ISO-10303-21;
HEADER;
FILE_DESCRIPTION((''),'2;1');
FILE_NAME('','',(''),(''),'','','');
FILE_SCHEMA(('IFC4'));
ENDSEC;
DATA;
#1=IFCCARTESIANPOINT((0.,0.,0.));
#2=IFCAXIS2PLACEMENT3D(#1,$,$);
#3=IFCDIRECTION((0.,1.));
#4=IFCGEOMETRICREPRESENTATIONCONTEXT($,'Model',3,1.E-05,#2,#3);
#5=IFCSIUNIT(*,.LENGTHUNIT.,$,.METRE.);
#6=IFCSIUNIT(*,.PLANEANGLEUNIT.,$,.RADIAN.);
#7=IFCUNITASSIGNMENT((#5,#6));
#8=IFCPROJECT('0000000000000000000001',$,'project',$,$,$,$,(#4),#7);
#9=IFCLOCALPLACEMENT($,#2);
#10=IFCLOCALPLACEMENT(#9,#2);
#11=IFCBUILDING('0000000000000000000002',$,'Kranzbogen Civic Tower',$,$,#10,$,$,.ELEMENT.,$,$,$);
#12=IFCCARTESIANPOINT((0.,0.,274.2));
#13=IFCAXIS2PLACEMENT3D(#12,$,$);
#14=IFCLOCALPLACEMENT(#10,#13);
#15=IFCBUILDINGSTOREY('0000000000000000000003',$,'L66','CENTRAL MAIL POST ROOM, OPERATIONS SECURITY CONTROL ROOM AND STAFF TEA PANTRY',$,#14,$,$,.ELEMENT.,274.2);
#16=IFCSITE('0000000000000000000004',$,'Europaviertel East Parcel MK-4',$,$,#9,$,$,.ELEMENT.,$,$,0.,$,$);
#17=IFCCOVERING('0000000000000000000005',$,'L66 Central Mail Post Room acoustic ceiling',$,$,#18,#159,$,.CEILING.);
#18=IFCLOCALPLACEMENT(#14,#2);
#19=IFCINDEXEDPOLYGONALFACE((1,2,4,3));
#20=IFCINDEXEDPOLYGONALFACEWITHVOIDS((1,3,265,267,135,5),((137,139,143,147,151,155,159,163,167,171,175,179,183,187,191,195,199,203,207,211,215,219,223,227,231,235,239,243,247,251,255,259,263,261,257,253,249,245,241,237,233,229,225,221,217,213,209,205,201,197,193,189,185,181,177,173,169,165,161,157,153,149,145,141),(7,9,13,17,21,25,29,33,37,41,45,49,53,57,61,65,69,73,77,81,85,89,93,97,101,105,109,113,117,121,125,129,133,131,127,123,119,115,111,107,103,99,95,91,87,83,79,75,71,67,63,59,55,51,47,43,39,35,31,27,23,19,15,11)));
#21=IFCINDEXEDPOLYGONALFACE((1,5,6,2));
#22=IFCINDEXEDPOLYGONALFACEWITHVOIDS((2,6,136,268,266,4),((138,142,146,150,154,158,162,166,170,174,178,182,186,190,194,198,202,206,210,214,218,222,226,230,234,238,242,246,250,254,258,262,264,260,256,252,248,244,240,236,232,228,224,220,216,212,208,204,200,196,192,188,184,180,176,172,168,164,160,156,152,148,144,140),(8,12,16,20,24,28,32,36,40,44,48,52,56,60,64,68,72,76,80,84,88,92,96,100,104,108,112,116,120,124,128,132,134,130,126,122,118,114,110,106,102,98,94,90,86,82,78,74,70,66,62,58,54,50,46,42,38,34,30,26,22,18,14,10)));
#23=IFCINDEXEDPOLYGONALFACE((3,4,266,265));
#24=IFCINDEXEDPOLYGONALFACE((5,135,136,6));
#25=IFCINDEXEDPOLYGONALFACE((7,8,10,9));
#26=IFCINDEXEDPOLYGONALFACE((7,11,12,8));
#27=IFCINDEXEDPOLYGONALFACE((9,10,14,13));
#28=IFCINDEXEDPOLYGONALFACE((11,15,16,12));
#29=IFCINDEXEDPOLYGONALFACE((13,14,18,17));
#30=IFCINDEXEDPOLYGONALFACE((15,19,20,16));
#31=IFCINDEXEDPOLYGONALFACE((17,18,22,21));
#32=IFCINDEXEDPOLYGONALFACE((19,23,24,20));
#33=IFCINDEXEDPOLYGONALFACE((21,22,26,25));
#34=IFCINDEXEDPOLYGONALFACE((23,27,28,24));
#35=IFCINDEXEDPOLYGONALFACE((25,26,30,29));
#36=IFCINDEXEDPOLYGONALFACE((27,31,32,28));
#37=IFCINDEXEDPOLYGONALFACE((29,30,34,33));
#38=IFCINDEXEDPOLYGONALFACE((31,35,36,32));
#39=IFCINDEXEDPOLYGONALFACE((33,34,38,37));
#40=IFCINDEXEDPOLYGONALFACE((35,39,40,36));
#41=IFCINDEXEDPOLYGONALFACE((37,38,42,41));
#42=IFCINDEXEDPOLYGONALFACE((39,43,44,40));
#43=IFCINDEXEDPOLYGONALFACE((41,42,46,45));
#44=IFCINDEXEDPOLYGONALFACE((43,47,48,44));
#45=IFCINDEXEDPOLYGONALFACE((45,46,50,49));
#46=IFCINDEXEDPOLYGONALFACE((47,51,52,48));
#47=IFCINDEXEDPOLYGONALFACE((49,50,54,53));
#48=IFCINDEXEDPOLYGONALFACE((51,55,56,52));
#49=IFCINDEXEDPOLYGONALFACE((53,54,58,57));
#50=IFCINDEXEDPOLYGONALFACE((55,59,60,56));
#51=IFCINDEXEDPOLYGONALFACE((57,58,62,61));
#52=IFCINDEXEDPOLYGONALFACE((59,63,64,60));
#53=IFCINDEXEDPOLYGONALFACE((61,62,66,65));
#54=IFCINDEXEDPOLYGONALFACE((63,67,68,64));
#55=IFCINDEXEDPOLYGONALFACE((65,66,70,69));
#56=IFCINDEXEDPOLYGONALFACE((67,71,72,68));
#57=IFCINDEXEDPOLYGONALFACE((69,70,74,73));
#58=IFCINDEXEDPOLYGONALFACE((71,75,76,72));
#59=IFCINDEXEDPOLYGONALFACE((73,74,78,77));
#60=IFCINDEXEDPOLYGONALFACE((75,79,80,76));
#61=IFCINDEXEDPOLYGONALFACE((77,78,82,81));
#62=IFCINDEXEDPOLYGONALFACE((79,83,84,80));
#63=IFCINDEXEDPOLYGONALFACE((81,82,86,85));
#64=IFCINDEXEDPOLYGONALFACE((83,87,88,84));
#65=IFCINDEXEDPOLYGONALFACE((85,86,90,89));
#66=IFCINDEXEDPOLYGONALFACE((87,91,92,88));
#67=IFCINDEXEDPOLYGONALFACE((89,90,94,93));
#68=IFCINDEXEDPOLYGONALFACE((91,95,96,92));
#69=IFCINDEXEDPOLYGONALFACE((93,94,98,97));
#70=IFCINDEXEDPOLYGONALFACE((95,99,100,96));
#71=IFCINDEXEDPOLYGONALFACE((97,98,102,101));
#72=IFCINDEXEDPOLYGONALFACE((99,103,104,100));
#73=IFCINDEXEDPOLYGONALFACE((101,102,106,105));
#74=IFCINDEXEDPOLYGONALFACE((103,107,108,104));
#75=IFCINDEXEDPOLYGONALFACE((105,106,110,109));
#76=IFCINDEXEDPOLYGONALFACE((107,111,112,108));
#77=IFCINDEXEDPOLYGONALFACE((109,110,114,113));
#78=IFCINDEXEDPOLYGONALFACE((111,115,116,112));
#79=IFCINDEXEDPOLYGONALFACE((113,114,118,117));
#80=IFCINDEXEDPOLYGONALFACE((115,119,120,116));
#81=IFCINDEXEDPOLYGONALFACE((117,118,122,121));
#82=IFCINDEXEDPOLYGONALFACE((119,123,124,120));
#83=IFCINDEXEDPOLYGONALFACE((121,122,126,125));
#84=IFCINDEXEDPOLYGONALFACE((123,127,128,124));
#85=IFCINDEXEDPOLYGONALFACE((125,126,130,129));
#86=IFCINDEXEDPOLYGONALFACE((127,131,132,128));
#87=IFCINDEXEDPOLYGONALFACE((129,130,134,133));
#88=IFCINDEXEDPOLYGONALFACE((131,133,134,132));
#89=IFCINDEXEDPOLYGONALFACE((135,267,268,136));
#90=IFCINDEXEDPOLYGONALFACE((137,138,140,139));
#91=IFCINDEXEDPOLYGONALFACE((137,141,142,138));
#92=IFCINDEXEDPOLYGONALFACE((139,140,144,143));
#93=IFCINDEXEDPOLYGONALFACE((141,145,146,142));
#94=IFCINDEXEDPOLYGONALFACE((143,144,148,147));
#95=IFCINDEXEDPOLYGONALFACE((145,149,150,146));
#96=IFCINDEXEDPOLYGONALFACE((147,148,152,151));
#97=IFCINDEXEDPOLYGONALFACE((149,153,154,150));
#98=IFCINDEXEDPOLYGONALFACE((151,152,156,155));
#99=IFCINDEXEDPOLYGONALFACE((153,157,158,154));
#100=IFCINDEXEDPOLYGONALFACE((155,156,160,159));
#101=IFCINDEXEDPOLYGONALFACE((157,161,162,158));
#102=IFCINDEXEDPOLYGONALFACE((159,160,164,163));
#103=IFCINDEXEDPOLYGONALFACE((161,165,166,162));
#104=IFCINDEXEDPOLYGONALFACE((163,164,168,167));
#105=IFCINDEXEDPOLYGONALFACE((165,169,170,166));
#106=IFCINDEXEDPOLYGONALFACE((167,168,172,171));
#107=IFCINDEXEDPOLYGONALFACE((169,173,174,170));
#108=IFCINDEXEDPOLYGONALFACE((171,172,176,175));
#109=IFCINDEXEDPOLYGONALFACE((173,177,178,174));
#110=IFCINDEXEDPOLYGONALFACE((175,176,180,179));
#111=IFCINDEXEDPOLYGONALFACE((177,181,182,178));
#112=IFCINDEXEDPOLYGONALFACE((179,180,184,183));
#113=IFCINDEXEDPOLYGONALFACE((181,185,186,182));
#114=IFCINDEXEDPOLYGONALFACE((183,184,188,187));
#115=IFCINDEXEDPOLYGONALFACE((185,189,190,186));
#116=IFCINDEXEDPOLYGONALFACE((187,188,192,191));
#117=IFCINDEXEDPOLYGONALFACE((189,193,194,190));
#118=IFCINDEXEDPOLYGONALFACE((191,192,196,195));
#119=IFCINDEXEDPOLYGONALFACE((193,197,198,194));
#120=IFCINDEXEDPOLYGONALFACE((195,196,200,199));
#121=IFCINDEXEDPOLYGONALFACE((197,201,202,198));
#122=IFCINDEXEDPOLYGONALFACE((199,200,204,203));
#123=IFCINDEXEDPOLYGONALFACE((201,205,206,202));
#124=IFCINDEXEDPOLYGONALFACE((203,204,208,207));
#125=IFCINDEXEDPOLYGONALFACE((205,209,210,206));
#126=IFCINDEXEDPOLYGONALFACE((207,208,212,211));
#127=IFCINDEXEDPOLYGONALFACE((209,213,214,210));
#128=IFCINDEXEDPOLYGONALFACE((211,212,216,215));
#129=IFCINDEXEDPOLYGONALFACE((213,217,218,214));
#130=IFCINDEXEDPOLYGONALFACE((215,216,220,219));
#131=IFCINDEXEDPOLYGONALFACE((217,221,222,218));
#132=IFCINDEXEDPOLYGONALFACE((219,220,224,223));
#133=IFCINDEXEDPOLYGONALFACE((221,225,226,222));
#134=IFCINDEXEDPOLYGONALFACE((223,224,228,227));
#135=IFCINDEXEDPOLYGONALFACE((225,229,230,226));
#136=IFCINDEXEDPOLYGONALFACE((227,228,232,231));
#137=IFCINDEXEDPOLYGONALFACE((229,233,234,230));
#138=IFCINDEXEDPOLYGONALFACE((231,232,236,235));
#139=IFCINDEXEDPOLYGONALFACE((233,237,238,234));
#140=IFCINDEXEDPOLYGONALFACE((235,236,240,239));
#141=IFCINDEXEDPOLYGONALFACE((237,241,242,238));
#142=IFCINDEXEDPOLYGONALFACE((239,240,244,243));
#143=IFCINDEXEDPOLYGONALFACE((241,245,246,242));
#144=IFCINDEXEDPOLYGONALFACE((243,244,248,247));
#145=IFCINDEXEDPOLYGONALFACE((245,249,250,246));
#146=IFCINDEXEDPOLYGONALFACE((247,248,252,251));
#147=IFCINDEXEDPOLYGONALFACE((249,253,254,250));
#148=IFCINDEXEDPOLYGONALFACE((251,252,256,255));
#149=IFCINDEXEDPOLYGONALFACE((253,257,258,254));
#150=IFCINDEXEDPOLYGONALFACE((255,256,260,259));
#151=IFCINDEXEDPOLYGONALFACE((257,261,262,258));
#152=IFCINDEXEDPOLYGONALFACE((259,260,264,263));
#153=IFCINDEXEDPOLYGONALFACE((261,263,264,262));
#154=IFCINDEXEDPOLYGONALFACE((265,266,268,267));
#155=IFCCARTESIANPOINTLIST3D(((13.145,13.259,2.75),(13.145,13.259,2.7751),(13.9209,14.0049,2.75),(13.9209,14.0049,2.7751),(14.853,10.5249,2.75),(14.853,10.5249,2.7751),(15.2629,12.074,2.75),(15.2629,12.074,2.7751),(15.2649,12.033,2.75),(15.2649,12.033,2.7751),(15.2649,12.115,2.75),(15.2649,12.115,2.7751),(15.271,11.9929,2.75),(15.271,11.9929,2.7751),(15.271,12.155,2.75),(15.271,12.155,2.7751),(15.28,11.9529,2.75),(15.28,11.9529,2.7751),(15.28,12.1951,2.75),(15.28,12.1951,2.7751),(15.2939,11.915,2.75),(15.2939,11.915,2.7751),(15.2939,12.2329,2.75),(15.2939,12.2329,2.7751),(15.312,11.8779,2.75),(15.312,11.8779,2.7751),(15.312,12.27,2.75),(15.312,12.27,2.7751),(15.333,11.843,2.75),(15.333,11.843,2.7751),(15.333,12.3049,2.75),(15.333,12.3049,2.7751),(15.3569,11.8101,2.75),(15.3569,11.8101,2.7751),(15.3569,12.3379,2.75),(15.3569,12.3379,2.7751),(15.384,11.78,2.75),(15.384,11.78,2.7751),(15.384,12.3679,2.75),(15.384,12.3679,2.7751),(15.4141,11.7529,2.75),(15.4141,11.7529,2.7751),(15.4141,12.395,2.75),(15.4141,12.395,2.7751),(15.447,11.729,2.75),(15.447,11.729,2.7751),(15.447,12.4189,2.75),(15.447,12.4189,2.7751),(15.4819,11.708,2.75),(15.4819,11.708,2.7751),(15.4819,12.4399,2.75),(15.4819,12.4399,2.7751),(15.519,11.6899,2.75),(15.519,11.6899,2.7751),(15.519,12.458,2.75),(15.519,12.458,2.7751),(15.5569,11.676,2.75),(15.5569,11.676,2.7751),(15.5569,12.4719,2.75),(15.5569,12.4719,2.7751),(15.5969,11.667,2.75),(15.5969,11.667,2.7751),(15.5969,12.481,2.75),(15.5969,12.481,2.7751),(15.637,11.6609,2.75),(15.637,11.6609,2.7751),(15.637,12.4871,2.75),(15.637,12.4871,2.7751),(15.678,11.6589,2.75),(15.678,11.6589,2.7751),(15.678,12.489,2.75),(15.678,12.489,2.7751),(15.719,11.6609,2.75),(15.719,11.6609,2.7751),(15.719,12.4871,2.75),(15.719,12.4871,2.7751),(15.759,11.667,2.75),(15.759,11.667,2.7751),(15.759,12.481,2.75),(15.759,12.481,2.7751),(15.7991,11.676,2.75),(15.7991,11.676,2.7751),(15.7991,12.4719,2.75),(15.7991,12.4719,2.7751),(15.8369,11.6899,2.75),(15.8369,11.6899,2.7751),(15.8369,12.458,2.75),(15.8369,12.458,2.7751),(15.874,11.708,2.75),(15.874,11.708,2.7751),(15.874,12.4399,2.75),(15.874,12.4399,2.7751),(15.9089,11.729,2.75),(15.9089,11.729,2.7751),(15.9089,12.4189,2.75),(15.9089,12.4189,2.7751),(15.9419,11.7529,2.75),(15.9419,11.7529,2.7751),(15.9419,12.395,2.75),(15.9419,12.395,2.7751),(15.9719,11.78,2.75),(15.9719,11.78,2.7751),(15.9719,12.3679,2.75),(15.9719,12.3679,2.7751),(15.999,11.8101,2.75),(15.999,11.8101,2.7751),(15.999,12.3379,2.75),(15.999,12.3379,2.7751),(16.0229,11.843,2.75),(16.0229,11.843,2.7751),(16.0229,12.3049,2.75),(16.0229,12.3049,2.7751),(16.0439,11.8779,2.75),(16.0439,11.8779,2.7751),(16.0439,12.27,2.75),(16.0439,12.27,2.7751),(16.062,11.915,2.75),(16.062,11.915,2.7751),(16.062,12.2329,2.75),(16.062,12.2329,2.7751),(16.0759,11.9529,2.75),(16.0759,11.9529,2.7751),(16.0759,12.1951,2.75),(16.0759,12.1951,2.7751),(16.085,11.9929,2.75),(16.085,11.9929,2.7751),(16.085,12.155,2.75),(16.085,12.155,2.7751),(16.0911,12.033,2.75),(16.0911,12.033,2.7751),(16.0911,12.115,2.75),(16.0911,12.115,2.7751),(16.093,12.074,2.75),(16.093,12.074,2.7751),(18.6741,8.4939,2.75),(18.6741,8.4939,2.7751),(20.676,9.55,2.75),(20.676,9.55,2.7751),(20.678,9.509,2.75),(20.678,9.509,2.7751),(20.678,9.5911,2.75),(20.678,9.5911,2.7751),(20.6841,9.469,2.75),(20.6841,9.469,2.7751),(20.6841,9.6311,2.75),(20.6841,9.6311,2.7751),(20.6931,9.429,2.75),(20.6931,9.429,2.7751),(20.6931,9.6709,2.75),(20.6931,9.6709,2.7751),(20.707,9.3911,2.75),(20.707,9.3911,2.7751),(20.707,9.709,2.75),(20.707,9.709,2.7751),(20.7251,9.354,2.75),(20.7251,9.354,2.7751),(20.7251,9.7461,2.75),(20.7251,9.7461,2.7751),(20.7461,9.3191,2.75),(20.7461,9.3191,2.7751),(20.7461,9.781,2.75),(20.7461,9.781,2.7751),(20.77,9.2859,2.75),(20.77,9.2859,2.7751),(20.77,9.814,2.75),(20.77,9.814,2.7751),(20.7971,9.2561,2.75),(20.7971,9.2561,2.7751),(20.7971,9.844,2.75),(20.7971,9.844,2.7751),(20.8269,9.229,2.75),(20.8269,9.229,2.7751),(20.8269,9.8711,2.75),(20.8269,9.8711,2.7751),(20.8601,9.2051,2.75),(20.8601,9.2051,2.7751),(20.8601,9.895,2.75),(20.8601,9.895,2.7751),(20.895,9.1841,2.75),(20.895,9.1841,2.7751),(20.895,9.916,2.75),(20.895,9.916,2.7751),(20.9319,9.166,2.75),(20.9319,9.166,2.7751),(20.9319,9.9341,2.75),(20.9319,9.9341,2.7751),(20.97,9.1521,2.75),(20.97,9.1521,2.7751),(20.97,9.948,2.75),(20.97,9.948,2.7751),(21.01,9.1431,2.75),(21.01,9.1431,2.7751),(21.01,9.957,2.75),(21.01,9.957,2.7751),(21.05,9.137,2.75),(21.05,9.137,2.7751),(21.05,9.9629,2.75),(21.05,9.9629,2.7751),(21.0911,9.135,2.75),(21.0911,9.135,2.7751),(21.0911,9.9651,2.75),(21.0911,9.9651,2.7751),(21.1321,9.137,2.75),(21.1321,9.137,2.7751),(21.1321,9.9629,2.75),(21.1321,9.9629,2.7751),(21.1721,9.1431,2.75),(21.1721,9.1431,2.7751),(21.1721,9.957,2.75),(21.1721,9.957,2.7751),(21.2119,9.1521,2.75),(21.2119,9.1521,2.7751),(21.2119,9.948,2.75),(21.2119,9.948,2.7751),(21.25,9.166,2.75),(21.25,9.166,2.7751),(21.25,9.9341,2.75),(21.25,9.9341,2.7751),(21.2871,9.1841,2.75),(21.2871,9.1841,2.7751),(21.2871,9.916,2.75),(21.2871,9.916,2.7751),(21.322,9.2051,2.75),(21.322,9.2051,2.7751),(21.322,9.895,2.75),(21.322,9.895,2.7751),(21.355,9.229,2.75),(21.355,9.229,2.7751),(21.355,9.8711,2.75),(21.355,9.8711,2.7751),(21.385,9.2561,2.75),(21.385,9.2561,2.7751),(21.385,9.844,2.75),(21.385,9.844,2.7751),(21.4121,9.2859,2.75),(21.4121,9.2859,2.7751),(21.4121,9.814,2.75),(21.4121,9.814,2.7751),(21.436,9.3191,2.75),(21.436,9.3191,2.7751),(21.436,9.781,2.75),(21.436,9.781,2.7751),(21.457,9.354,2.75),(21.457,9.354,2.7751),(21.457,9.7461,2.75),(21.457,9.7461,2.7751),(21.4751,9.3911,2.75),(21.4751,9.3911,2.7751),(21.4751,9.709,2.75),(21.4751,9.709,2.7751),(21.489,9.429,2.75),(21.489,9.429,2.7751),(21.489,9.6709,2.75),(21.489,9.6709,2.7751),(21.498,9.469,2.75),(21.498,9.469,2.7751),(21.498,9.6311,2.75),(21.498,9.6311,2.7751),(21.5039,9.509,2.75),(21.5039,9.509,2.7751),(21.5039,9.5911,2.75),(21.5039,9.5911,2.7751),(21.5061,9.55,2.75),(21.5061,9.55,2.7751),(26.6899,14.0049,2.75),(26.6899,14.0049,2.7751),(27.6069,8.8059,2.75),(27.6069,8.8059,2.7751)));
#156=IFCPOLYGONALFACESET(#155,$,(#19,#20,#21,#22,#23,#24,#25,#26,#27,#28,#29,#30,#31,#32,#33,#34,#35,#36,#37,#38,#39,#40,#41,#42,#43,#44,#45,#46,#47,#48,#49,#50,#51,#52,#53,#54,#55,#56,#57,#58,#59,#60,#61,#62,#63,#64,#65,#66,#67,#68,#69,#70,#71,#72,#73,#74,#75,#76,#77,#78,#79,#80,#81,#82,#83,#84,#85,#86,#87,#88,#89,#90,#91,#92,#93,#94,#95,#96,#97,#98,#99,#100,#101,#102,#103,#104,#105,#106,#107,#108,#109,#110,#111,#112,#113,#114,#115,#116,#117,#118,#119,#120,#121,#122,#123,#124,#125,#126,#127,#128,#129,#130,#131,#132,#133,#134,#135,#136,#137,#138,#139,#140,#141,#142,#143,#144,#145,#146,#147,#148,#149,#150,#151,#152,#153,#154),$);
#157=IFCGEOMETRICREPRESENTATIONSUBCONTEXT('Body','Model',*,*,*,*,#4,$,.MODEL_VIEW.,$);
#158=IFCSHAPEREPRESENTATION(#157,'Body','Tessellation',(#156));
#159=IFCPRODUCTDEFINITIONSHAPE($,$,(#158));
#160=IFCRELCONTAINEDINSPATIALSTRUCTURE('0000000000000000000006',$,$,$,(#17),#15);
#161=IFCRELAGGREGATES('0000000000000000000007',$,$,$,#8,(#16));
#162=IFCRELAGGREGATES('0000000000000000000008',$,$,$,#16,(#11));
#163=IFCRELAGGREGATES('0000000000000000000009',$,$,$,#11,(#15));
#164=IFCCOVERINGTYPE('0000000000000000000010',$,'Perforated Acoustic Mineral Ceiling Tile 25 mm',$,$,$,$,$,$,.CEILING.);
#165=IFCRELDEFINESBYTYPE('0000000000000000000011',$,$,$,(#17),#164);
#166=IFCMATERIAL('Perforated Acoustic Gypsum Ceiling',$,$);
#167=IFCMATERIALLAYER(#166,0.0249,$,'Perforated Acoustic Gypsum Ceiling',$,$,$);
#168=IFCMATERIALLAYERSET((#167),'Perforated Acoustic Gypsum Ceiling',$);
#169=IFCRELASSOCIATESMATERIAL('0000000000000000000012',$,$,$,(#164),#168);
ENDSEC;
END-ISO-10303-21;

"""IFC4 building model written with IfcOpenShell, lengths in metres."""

from ifc_helpers import new_model, si_unit, direction, frame, origin, place, context, subcontext, project, spatial, polyline, outline, extrude, material, layer, layer_set, type_object, element, save


model = new_model("IFC4")

# Units and contexts
model_context = context("Model", 3, precision=1e-05, world=origin(), true_north=direction((0.0, 1.0)))
body_context = subcontext(model_context, "Body", "Model", "MODEL_VIEW")
ifc_project = project(units=[si_unit("LENGTHUNIT", "METRE"), si_unit("PLANEANGLEUNIT", "RADIAN")], contexts=[model_context])

# Site, building, storey
site_placement = place(None, origin())
site = spatial("IfcSite", under=ifc_project, at=site_placement, Name="Europaviertel East Parcel MK-4", CompositionType="ELEMENT", RefElevation=0.0)
building_placement = place(site_placement, origin())
building = spatial("IfcBuilding", under=site, at=building_placement, Name="Kranzbogen Civic Tower", CompositionType="ELEMENT")
storey_placement = place(building_placement, frame((0.0, 0.0, 274.2)))
storey = spatial("IfcBuildingStorey", under=building, at=storey_placement, Name="L66", Description="CENTRAL MAIL POST ROOM, OPERATIONS SECURITY CONTROL ROOM AND STAFF TEA PANTRY", CompositionType="ELEMENT", Elevation=274.2)

# Covering
ifc_material_1 = material(Name="Perforated Acoustic Gypsum Ceiling")
ifc_layer_1 = layer(ifc_material_1, 0.0249, Name="Perforated Acoustic Gypsum Ceiling")
ifc_layer_set_1 = layer_set([ifc_layer_1], Name="Perforated Acoustic Gypsum Ceiling")
covering_type_1 = type_object("IfcCoveringType", Name="Perforated Acoustic Mineral Ceiling Tile 25 mm", PredefinedType="CEILING", material=ifc_layer_set_1)
covering_1_placement = place(storey_placement, frame((0.0, 0.0, 2.75)))
element("IfcCovering", 1, at=covering_1_placement, inside=storey, type_object=covering_type_1, Name="L66 Central Mail Post Room acoustic ceiling", PredefinedType="CEILING", context=body_context, shape_type="SweptSolid", body=[
    extrude(outline(polyline([(14.853, 10.5249), (13.145, 13.259), (13.9209, 14.0049), (26.6899, 14.0049), (27.6069, 8.8059), (18.6741, 8.4939), (14.853, 10.5249)]), holes=[polyline([(21.4751, 9.3911), (21.457, 9.354), (21.436, 9.3191), (21.4121, 9.2859), (21.385, 9.2561), (21.355, 9.229), (21.322, 9.2051), (21.2871, 9.1841), (21.25, 9.166), (21.2119, 9.1521), (21.1721, 9.1431), (21.1321, 9.137), (21.0911, 9.135), (21.05, 9.137), (21.01, 9.1431), (20.97, 9.1521), (20.9319, 9.166), (20.895, 9.1841), (20.8601, 9.2051), (20.8269, 9.229), (20.7971, 9.2561), (20.77, 9.2859), (20.7461, 9.3191), (20.7251, 9.354), (20.707, 9.3911), (20.6931, 9.429), (20.6841, 9.469), (20.678, 9.509), (20.676, 9.55), (20.678, 9.5911), (20.6841, 9.6311), (20.6931, 9.6709), (20.707, 9.709), (20.7251, 9.7461), (20.7461, 9.781), (20.77, 9.814), (20.7971, 9.844), (20.8269, 9.8711), (20.8601, 9.895), (20.895, 9.916), (20.9319, 9.9341), (20.97, 9.948), (21.01, 9.957), (21.05, 9.9629), (21.0911, 9.9651), (21.1321, 9.9629), (21.1721, 9.957), (21.2119, 9.948), (21.25, 9.9341), (21.2871, 9.916), (21.322, 9.895), (21.355, 9.8711), (21.385, 9.844), (21.4121, 9.814), (21.436, 9.781), (21.457, 9.7461), (21.4751, 9.709), (21.489, 9.6709), (21.498, 9.6311), (21.5039, 9.5911), (21.5061, 9.55), (21.5039, 9.509), (21.498, 9.469), (21.489, 9.429), (21.4751, 9.3911)]), polyline([(16.062, 11.915), (16.0439, 11.8779), (16.0229, 11.843), (15.999, 11.8101), (15.9719, 11.78), (15.9419, 11.7529), (15.9089, 11.729), (15.874, 11.708), (15.8369, 11.6899), (15.7991, 11.676), (15.759, 11.667), (15.719, 11.6609), (15.678, 11.6589), (15.637, 11.6609), (15.5969, 11.667), (15.5569, 11.676), (15.519, 11.6899), (15.4819, 11.708), (15.447, 11.729), (15.4141, 11.7529), (15.384, 11.78), (15.3569, 11.8101), (15.333, 11.843), (15.312, 11.8779), (15.2939, 11.915), (15.28, 11.9529), (15.271, 11.9929), (15.2649, 12.033), (15.2629, 12.074), (15.2649, 12.115), (15.271, 12.155), (15.28, 12.1951), (15.2939, 12.2329), (15.312, 12.27), (15.333, 12.3049), (15.3569, 12.3379), (15.384, 12.3679), (15.4141, 12.395), (15.447, 12.4189), (15.4819, 12.4399), (15.519, 12.458), (15.5569, 12.4719), (15.5969, 12.481), (15.637, 12.4871), (15.678, 12.489), (15.719, 12.4871), (15.759, 12.481), (15.7991, 12.4719), (15.8369, 12.458), (15.874, 12.4399), (15.9089, 12.4189), (15.9419, 12.395), (15.9719, 12.3679), (15.999, 12.3379), (16.0229, 12.3049), (16.0439, 12.27), (16.062, 12.2329), (16.0759, 12.1951), (16.085, 12.155), (16.0911, 12.115), (16.093, 12.074), (16.0911, 12.033), (16.085, 11.9929), (16.0759, 11.9529), (16.062, 11.915)])]), origin(), (0.0, 0.0, 1.0), 0.0251),
])

save(model, "model.ifc")
